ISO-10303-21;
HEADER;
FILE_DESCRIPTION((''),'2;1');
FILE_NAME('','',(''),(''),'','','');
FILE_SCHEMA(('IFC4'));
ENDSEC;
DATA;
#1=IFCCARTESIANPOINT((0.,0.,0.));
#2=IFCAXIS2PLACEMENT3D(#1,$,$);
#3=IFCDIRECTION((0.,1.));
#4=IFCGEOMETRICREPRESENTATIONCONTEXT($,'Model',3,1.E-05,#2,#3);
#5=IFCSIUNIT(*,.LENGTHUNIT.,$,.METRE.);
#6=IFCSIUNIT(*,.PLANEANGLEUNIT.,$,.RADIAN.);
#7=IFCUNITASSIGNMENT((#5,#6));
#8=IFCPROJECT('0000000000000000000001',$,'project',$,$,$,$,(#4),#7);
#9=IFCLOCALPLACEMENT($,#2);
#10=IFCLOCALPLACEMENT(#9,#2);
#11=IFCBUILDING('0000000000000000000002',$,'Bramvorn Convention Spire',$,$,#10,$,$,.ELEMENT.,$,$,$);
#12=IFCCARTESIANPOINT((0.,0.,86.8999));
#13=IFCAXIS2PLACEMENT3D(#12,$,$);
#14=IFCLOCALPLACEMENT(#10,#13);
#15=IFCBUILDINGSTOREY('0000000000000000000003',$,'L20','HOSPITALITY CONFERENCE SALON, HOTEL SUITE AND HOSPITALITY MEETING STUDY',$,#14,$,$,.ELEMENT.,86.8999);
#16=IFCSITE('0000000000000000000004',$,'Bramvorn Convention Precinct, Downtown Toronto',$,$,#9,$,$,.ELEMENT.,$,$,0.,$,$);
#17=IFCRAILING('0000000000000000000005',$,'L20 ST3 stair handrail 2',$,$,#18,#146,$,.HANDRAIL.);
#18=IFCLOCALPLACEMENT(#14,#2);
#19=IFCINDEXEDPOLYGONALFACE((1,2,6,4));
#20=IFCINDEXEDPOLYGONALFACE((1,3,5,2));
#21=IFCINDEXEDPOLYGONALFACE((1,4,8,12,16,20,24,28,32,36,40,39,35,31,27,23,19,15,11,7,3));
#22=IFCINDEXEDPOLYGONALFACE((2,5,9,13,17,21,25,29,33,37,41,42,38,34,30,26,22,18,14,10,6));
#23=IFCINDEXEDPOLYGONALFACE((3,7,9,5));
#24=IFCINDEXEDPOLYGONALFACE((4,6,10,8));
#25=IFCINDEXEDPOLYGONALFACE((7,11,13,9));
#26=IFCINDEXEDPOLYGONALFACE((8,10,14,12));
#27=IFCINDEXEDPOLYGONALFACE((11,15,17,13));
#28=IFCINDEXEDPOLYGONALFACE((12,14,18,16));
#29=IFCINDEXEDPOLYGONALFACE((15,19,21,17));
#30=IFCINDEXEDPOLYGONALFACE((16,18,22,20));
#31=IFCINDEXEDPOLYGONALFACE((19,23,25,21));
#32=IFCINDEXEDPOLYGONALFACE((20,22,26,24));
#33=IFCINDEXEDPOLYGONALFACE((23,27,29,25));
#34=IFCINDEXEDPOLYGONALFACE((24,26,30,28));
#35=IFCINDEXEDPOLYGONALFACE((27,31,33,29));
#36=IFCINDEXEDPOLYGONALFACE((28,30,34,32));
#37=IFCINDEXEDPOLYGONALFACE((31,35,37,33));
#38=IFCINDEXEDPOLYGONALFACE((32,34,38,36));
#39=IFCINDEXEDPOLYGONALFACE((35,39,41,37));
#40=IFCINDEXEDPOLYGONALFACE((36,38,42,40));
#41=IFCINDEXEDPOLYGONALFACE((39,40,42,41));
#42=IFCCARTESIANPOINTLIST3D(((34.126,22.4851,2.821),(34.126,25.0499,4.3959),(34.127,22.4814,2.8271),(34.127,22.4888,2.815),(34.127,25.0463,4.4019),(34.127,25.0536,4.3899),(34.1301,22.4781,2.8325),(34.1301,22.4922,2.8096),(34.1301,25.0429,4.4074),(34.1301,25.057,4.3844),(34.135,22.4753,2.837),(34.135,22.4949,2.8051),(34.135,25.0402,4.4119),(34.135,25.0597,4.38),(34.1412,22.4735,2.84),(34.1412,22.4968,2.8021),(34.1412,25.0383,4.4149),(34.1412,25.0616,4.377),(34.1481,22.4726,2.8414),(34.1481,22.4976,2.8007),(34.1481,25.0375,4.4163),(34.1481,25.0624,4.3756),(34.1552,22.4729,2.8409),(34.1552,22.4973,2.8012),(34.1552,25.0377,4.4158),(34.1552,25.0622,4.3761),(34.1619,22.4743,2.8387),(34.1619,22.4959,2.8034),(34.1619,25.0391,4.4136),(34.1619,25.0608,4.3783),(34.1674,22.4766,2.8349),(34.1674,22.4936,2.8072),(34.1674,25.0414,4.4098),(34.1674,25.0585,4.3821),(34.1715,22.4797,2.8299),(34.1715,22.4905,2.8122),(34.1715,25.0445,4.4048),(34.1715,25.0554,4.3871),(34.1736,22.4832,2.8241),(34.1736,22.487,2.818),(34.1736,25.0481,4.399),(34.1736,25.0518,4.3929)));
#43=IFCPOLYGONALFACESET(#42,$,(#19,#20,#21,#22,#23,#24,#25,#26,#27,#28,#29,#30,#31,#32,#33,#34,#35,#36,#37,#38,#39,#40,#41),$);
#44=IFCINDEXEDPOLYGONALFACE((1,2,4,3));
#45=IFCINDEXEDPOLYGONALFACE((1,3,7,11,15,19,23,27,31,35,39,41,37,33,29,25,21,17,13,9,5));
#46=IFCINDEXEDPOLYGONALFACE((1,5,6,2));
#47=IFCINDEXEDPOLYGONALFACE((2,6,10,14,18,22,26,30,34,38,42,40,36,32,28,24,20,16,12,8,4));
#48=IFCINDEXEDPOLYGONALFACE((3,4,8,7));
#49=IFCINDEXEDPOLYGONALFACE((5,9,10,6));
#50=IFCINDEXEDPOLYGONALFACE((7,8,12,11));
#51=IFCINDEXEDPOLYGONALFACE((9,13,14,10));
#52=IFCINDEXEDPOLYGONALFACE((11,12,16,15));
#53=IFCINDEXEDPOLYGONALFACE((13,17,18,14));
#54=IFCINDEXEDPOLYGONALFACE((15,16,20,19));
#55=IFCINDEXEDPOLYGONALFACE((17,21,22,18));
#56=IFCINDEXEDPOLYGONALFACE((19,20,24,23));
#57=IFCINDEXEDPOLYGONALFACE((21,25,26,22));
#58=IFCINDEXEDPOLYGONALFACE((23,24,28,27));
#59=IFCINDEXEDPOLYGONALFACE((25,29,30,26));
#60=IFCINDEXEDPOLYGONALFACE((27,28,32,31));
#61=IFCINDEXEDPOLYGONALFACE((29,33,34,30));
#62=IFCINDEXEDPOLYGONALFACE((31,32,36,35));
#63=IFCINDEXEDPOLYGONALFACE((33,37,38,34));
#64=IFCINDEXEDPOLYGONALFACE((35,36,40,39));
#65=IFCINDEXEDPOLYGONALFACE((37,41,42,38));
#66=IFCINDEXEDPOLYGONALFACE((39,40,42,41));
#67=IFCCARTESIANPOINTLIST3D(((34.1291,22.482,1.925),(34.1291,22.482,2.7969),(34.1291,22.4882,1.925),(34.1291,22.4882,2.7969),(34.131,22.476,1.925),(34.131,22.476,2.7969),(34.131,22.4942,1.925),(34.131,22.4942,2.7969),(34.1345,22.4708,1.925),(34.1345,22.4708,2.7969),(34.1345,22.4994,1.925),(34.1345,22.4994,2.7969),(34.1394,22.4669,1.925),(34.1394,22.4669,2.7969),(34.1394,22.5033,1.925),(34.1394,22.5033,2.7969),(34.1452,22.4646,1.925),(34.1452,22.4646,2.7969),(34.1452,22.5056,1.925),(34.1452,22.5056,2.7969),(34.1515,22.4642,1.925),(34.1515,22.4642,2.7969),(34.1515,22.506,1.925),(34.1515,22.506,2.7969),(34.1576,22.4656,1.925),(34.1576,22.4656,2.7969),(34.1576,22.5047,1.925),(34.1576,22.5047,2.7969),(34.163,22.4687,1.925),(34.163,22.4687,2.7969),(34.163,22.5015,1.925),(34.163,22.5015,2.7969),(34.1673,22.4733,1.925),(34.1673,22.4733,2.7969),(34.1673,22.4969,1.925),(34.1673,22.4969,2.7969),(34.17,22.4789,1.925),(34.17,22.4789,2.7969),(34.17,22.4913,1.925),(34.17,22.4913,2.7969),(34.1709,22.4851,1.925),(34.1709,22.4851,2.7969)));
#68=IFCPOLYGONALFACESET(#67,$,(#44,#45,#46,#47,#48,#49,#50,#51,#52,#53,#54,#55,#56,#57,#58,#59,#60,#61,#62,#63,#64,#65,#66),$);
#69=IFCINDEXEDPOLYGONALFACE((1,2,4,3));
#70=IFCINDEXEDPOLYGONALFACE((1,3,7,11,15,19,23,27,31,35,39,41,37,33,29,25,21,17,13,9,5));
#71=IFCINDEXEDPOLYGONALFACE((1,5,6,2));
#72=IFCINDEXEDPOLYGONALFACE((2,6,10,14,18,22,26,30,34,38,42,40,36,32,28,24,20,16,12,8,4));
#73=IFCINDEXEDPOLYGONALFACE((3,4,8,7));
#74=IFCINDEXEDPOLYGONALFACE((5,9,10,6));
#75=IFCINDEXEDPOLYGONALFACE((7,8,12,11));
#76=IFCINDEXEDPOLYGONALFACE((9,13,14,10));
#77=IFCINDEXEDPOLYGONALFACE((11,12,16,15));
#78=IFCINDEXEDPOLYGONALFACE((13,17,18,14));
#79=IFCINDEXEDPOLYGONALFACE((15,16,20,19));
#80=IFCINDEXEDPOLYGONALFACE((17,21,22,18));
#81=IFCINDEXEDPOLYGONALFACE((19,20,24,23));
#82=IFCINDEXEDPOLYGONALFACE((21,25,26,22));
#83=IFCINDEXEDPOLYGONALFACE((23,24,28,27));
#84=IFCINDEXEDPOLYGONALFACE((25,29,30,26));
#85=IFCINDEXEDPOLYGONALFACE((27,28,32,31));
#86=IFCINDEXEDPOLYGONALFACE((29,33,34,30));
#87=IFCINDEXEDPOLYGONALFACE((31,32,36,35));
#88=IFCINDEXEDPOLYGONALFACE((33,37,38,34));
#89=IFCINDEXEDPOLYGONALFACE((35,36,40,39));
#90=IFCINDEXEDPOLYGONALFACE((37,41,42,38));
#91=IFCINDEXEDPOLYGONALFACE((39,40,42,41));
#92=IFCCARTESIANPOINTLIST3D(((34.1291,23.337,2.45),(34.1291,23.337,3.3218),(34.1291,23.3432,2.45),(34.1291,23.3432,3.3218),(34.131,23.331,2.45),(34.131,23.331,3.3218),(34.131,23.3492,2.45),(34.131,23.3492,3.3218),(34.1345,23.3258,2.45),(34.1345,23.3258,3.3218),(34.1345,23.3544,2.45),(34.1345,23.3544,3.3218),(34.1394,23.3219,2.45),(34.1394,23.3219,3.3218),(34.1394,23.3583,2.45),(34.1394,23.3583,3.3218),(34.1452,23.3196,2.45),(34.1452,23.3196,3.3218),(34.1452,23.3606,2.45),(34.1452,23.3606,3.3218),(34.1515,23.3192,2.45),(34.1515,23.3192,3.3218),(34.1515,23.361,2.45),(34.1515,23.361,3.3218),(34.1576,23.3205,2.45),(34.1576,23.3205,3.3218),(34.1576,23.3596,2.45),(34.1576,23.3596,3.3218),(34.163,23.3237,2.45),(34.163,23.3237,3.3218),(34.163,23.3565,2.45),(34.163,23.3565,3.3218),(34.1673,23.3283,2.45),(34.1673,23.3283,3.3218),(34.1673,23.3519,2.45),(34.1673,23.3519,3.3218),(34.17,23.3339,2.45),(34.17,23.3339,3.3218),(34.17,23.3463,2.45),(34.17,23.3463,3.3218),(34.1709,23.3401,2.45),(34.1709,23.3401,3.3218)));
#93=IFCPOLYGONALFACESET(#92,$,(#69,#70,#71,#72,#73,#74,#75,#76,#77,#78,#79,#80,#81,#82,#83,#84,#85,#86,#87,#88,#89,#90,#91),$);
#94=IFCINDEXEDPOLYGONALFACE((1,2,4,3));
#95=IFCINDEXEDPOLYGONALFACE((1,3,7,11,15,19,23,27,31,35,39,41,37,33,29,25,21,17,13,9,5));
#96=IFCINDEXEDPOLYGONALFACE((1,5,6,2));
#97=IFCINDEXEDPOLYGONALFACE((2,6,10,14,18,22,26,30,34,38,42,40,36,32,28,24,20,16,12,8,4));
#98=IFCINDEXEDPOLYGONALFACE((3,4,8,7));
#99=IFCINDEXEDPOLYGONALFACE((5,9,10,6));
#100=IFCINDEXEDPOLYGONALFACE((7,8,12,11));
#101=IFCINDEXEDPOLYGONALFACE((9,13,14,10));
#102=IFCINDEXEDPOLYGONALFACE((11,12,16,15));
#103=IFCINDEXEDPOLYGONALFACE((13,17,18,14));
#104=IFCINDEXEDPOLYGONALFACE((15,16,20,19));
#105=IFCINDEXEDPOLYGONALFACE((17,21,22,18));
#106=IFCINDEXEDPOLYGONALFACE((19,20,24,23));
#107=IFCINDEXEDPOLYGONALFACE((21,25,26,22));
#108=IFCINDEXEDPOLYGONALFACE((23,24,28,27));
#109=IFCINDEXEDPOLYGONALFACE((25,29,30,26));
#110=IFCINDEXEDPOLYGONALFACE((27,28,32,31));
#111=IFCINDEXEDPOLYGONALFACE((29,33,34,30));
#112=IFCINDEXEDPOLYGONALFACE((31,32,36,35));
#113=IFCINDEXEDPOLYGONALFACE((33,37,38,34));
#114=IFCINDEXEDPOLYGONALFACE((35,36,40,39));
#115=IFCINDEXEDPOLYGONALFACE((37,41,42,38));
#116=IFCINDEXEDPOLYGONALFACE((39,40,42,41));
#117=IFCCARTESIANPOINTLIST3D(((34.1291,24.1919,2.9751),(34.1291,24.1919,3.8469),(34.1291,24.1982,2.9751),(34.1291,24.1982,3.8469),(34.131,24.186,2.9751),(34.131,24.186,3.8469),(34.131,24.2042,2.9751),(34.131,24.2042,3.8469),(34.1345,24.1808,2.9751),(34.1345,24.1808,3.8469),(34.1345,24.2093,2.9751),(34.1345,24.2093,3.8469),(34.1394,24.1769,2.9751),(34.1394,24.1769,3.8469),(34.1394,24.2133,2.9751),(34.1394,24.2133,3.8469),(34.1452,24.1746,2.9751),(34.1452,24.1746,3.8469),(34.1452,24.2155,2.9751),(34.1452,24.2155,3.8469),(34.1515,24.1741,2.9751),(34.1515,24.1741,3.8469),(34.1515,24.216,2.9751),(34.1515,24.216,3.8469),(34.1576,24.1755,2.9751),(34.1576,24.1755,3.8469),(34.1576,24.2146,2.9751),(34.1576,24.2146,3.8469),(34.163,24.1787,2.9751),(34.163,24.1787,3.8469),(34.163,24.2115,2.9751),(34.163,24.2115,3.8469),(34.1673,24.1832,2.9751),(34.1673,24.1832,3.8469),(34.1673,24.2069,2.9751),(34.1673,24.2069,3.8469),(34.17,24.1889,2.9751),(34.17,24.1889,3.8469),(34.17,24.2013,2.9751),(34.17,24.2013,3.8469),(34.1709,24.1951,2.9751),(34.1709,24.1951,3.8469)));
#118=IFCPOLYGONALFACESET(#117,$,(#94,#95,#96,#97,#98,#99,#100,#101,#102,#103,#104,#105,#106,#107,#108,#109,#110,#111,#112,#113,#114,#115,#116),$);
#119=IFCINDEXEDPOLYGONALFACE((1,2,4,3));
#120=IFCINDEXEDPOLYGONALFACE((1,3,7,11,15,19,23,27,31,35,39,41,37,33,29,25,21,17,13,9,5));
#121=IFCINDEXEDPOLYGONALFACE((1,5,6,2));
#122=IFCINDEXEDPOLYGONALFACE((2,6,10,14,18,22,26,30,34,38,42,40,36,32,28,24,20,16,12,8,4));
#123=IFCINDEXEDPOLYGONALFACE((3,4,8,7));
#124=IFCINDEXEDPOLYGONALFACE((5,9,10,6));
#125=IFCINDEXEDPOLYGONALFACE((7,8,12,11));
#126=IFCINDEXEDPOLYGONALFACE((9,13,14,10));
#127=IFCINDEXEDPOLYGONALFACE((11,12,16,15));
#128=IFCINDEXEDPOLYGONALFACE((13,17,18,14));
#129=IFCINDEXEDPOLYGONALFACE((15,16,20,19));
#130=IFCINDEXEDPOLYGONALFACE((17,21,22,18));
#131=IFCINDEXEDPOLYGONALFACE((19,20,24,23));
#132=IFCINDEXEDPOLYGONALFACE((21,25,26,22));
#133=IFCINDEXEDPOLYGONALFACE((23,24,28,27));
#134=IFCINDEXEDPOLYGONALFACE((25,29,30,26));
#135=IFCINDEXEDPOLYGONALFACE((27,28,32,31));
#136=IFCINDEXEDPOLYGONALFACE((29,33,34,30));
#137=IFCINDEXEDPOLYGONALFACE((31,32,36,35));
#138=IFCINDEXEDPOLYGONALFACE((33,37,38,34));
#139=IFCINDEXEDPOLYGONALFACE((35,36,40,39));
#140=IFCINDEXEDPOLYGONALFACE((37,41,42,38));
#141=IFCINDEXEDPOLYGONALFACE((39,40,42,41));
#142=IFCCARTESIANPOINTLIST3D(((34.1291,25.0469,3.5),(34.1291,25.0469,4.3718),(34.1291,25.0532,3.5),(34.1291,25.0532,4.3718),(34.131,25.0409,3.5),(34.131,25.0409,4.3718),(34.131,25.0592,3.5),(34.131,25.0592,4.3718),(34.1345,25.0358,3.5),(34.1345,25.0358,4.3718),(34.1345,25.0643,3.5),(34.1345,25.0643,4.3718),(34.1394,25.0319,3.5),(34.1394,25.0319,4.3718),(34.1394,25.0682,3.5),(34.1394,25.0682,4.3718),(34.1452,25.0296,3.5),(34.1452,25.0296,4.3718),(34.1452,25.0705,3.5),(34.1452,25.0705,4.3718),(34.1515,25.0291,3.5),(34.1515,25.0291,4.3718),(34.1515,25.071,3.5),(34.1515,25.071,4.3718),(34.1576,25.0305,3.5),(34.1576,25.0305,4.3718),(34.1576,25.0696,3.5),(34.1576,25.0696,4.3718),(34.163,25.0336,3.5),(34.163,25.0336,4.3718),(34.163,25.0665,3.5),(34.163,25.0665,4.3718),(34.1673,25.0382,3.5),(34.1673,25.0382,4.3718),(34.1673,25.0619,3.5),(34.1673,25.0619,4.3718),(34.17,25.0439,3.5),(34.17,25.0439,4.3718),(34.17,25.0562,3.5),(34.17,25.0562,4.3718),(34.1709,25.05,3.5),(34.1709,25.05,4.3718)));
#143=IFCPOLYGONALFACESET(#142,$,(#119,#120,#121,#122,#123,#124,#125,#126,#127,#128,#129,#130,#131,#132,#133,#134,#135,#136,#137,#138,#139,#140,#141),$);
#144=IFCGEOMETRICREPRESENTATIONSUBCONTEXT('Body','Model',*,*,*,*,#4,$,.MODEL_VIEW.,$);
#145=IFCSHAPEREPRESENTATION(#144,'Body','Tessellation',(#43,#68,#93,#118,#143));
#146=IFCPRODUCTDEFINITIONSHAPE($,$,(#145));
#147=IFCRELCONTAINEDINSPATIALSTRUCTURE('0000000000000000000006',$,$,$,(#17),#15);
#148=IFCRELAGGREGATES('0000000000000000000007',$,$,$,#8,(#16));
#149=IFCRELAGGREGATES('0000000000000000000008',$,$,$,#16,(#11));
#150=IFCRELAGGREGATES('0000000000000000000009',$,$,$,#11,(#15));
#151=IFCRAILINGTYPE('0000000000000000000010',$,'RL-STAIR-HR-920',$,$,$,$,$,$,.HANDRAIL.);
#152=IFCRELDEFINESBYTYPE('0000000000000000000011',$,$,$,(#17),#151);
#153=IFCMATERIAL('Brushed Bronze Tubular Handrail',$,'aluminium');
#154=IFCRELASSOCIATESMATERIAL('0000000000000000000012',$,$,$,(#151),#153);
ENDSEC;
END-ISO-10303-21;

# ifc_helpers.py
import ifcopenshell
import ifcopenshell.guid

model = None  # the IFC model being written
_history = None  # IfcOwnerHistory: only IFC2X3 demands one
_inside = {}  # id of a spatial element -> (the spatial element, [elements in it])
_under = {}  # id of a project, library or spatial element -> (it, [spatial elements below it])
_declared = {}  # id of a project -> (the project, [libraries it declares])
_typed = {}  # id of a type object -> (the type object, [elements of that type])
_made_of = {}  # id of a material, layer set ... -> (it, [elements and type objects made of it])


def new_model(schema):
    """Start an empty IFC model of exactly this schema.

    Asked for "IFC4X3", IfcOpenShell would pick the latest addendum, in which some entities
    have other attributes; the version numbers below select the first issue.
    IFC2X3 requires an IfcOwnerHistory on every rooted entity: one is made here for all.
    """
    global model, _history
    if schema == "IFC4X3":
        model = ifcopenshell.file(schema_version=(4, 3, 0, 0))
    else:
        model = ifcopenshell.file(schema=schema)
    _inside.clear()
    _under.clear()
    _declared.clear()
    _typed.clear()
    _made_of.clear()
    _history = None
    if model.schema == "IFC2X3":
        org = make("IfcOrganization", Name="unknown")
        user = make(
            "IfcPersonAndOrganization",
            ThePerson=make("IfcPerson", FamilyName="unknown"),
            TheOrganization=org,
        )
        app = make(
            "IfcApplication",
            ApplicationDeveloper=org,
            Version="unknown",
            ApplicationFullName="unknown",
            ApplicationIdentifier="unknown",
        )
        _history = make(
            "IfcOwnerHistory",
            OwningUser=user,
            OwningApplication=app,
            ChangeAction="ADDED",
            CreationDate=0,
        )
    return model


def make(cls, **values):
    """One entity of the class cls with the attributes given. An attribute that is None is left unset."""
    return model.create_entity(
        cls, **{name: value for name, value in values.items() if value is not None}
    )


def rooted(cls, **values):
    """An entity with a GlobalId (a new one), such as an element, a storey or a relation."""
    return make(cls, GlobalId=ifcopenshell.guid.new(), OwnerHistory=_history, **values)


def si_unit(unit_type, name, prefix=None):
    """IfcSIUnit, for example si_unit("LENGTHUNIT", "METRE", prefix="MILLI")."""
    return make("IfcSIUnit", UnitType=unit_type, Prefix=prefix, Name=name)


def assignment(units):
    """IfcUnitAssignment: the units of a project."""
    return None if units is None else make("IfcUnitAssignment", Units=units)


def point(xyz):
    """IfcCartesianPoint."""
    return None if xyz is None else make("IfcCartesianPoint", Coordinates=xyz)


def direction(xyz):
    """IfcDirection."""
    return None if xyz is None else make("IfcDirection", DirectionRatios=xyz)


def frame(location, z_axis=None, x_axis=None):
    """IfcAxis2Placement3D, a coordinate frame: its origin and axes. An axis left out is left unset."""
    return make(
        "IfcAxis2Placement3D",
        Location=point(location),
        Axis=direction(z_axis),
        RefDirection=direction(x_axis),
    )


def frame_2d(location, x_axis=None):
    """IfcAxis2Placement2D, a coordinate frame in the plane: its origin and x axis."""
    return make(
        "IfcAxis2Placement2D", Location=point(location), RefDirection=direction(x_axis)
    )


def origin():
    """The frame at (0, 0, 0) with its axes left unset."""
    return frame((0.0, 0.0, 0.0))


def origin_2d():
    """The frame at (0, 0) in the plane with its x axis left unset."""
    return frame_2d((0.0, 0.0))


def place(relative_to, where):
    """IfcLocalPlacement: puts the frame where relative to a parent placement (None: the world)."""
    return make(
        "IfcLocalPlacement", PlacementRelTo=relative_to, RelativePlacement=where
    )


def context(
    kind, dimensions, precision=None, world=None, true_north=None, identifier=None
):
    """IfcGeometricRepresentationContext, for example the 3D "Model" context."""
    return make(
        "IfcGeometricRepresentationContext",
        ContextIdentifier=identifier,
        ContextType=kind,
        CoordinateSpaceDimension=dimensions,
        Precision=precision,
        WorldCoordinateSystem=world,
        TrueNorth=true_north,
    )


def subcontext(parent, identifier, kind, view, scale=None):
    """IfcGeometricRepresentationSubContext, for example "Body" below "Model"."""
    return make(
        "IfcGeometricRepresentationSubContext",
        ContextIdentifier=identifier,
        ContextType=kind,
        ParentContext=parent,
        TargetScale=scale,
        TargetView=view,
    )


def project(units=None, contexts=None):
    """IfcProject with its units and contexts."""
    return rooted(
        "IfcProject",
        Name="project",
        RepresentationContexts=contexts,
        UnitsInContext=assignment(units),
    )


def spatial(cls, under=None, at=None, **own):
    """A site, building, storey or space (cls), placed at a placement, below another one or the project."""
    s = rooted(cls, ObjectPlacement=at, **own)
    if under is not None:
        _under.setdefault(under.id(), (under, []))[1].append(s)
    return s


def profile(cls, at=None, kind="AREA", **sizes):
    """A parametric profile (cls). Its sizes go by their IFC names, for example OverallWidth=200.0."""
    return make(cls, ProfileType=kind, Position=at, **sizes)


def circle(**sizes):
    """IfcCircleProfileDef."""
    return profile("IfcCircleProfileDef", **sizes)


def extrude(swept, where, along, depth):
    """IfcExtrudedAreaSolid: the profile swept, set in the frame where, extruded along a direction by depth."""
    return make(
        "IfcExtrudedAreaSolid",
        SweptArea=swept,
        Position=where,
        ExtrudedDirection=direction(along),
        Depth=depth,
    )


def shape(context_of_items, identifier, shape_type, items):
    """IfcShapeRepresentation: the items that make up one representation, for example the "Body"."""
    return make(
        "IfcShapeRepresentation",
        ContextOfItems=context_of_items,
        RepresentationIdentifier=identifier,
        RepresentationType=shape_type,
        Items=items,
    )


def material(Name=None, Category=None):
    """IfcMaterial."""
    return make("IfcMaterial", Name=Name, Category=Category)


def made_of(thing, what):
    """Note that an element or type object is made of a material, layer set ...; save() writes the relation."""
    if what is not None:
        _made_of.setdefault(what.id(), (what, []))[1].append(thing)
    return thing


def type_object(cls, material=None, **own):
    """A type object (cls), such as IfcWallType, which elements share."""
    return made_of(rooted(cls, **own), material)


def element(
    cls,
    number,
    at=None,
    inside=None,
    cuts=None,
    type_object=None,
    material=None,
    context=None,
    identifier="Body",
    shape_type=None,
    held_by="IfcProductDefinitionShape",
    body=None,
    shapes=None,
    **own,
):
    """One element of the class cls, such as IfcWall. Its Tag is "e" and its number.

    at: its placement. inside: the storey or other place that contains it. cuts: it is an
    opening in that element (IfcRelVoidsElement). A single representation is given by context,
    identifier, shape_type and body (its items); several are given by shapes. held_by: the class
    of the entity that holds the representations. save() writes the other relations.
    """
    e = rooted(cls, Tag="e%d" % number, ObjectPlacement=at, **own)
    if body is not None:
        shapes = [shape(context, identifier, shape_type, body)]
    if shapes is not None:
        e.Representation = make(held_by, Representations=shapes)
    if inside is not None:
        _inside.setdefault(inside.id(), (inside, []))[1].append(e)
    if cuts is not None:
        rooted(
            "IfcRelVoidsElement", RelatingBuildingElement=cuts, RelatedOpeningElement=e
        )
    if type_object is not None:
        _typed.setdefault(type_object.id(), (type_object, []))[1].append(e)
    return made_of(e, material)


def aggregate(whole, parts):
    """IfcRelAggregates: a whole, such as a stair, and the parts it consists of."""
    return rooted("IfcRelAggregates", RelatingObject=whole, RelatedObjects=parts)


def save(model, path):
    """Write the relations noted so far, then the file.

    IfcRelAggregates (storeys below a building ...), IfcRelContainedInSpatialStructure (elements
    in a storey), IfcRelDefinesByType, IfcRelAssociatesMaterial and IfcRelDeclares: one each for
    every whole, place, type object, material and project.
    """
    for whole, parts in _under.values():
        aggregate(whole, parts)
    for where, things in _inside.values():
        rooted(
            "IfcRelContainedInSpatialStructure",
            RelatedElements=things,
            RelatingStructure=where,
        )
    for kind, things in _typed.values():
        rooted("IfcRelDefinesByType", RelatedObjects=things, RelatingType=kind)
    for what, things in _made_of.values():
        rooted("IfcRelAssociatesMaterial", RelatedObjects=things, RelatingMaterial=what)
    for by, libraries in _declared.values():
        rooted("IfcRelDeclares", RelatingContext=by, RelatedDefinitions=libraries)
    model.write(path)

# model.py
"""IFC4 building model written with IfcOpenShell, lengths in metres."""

from ifc_helpers import new_model, si_unit, direction, frame, origin, origin_2d, place, context, subcontext, project, spatial, circle, extrude, material, type_object, element, save


model = new_model("IFC4")

# Units and contexts
model_context = context("Model", 3, precision=1e-05, world=origin(), true_north=direction((0.0, 1.0)))
body_context = subcontext(model_context, "Body", "Model", "MODEL_VIEW")
ifc_project = project(units=[si_unit("LENGTHUNIT", "METRE"), si_unit("PLANEANGLEUNIT", "RADIAN")], contexts=[model_context])

# Site, building, storey
site_placement = place(None, origin())
site = spatial("IfcSite", under=ifc_project, at=site_placement, Name="Bramvorn Convention Precinct, Downtown Toronto", CompositionType="ELEMENT", RefElevation=0.0)
building_placement = place(site_placement, origin())
building = spatial("IfcBuilding", under=site, at=building_placement, Name="Bramvorn Convention Spire", CompositionType="ELEMENT")
storey_placement = place(building_placement, frame((0.0, 0.0, 86.8999)))
storey = spatial("IfcBuildingStorey", under=building, at=storey_placement, Name="L20", Description="HOSPITALITY CONFERENCE SALON, HOTEL SUITE AND HOSPITALITY MEETING STUDY", CompositionType="ELEMENT", Elevation=86.8999)

# Railing
ifc_material_1 = material(Name="Brushed Bronze Tubular Handrail", Category="aluminium")
railing_type_1 = type_object("IfcRailingType", Name="RL-STAIR-HR-920", PredefinedType="HANDRAIL", material=ifc_material_1)
railing_1_placement = place(storey_placement, frame((34.1499, 22.4851, 1.925)))
element("IfcRailing", 1, at=railing_1_placement, inside=storey, type_object=railing_type_1, Name="L20 ST3 stair handrail 2", PredefinedType="HANDRAIL", context=body_context, shape_type="SweptSolid", body=[
    extrude(circle(Radius=0.0239, at=origin_2d()), frame((0.0, 0.0, 0.896), z_axis=(0.0, 0.852173, 0.52326), x_axis=(-1.0, 0.0, 0.0)), (0.0, 0.0, 1.0), 3.0098),
    extrude(circle(Radius=0.021, at=origin_2d()), origin(), (0.0, 0.0, 1.0), 0.8718),
    extrude(circle(Radius=0.021, at=origin_2d()), frame((0.0, 0.855, 0.5249)), (0.0, 0.0, 1.0), 0.8718),
    extrude(circle(Radius=0.021, at=origin_2d()), frame((0.0, 1.71, 1.05)), (0.0, 0.0, 1.0), 0.8718),
    extrude(circle(Radius=0.021, at=origin_2d()), frame((0.0, 2.5649, 1.575)), (0.0, 0.0, 1.0), 0.8718),
])

save(model, "model.ifc")
